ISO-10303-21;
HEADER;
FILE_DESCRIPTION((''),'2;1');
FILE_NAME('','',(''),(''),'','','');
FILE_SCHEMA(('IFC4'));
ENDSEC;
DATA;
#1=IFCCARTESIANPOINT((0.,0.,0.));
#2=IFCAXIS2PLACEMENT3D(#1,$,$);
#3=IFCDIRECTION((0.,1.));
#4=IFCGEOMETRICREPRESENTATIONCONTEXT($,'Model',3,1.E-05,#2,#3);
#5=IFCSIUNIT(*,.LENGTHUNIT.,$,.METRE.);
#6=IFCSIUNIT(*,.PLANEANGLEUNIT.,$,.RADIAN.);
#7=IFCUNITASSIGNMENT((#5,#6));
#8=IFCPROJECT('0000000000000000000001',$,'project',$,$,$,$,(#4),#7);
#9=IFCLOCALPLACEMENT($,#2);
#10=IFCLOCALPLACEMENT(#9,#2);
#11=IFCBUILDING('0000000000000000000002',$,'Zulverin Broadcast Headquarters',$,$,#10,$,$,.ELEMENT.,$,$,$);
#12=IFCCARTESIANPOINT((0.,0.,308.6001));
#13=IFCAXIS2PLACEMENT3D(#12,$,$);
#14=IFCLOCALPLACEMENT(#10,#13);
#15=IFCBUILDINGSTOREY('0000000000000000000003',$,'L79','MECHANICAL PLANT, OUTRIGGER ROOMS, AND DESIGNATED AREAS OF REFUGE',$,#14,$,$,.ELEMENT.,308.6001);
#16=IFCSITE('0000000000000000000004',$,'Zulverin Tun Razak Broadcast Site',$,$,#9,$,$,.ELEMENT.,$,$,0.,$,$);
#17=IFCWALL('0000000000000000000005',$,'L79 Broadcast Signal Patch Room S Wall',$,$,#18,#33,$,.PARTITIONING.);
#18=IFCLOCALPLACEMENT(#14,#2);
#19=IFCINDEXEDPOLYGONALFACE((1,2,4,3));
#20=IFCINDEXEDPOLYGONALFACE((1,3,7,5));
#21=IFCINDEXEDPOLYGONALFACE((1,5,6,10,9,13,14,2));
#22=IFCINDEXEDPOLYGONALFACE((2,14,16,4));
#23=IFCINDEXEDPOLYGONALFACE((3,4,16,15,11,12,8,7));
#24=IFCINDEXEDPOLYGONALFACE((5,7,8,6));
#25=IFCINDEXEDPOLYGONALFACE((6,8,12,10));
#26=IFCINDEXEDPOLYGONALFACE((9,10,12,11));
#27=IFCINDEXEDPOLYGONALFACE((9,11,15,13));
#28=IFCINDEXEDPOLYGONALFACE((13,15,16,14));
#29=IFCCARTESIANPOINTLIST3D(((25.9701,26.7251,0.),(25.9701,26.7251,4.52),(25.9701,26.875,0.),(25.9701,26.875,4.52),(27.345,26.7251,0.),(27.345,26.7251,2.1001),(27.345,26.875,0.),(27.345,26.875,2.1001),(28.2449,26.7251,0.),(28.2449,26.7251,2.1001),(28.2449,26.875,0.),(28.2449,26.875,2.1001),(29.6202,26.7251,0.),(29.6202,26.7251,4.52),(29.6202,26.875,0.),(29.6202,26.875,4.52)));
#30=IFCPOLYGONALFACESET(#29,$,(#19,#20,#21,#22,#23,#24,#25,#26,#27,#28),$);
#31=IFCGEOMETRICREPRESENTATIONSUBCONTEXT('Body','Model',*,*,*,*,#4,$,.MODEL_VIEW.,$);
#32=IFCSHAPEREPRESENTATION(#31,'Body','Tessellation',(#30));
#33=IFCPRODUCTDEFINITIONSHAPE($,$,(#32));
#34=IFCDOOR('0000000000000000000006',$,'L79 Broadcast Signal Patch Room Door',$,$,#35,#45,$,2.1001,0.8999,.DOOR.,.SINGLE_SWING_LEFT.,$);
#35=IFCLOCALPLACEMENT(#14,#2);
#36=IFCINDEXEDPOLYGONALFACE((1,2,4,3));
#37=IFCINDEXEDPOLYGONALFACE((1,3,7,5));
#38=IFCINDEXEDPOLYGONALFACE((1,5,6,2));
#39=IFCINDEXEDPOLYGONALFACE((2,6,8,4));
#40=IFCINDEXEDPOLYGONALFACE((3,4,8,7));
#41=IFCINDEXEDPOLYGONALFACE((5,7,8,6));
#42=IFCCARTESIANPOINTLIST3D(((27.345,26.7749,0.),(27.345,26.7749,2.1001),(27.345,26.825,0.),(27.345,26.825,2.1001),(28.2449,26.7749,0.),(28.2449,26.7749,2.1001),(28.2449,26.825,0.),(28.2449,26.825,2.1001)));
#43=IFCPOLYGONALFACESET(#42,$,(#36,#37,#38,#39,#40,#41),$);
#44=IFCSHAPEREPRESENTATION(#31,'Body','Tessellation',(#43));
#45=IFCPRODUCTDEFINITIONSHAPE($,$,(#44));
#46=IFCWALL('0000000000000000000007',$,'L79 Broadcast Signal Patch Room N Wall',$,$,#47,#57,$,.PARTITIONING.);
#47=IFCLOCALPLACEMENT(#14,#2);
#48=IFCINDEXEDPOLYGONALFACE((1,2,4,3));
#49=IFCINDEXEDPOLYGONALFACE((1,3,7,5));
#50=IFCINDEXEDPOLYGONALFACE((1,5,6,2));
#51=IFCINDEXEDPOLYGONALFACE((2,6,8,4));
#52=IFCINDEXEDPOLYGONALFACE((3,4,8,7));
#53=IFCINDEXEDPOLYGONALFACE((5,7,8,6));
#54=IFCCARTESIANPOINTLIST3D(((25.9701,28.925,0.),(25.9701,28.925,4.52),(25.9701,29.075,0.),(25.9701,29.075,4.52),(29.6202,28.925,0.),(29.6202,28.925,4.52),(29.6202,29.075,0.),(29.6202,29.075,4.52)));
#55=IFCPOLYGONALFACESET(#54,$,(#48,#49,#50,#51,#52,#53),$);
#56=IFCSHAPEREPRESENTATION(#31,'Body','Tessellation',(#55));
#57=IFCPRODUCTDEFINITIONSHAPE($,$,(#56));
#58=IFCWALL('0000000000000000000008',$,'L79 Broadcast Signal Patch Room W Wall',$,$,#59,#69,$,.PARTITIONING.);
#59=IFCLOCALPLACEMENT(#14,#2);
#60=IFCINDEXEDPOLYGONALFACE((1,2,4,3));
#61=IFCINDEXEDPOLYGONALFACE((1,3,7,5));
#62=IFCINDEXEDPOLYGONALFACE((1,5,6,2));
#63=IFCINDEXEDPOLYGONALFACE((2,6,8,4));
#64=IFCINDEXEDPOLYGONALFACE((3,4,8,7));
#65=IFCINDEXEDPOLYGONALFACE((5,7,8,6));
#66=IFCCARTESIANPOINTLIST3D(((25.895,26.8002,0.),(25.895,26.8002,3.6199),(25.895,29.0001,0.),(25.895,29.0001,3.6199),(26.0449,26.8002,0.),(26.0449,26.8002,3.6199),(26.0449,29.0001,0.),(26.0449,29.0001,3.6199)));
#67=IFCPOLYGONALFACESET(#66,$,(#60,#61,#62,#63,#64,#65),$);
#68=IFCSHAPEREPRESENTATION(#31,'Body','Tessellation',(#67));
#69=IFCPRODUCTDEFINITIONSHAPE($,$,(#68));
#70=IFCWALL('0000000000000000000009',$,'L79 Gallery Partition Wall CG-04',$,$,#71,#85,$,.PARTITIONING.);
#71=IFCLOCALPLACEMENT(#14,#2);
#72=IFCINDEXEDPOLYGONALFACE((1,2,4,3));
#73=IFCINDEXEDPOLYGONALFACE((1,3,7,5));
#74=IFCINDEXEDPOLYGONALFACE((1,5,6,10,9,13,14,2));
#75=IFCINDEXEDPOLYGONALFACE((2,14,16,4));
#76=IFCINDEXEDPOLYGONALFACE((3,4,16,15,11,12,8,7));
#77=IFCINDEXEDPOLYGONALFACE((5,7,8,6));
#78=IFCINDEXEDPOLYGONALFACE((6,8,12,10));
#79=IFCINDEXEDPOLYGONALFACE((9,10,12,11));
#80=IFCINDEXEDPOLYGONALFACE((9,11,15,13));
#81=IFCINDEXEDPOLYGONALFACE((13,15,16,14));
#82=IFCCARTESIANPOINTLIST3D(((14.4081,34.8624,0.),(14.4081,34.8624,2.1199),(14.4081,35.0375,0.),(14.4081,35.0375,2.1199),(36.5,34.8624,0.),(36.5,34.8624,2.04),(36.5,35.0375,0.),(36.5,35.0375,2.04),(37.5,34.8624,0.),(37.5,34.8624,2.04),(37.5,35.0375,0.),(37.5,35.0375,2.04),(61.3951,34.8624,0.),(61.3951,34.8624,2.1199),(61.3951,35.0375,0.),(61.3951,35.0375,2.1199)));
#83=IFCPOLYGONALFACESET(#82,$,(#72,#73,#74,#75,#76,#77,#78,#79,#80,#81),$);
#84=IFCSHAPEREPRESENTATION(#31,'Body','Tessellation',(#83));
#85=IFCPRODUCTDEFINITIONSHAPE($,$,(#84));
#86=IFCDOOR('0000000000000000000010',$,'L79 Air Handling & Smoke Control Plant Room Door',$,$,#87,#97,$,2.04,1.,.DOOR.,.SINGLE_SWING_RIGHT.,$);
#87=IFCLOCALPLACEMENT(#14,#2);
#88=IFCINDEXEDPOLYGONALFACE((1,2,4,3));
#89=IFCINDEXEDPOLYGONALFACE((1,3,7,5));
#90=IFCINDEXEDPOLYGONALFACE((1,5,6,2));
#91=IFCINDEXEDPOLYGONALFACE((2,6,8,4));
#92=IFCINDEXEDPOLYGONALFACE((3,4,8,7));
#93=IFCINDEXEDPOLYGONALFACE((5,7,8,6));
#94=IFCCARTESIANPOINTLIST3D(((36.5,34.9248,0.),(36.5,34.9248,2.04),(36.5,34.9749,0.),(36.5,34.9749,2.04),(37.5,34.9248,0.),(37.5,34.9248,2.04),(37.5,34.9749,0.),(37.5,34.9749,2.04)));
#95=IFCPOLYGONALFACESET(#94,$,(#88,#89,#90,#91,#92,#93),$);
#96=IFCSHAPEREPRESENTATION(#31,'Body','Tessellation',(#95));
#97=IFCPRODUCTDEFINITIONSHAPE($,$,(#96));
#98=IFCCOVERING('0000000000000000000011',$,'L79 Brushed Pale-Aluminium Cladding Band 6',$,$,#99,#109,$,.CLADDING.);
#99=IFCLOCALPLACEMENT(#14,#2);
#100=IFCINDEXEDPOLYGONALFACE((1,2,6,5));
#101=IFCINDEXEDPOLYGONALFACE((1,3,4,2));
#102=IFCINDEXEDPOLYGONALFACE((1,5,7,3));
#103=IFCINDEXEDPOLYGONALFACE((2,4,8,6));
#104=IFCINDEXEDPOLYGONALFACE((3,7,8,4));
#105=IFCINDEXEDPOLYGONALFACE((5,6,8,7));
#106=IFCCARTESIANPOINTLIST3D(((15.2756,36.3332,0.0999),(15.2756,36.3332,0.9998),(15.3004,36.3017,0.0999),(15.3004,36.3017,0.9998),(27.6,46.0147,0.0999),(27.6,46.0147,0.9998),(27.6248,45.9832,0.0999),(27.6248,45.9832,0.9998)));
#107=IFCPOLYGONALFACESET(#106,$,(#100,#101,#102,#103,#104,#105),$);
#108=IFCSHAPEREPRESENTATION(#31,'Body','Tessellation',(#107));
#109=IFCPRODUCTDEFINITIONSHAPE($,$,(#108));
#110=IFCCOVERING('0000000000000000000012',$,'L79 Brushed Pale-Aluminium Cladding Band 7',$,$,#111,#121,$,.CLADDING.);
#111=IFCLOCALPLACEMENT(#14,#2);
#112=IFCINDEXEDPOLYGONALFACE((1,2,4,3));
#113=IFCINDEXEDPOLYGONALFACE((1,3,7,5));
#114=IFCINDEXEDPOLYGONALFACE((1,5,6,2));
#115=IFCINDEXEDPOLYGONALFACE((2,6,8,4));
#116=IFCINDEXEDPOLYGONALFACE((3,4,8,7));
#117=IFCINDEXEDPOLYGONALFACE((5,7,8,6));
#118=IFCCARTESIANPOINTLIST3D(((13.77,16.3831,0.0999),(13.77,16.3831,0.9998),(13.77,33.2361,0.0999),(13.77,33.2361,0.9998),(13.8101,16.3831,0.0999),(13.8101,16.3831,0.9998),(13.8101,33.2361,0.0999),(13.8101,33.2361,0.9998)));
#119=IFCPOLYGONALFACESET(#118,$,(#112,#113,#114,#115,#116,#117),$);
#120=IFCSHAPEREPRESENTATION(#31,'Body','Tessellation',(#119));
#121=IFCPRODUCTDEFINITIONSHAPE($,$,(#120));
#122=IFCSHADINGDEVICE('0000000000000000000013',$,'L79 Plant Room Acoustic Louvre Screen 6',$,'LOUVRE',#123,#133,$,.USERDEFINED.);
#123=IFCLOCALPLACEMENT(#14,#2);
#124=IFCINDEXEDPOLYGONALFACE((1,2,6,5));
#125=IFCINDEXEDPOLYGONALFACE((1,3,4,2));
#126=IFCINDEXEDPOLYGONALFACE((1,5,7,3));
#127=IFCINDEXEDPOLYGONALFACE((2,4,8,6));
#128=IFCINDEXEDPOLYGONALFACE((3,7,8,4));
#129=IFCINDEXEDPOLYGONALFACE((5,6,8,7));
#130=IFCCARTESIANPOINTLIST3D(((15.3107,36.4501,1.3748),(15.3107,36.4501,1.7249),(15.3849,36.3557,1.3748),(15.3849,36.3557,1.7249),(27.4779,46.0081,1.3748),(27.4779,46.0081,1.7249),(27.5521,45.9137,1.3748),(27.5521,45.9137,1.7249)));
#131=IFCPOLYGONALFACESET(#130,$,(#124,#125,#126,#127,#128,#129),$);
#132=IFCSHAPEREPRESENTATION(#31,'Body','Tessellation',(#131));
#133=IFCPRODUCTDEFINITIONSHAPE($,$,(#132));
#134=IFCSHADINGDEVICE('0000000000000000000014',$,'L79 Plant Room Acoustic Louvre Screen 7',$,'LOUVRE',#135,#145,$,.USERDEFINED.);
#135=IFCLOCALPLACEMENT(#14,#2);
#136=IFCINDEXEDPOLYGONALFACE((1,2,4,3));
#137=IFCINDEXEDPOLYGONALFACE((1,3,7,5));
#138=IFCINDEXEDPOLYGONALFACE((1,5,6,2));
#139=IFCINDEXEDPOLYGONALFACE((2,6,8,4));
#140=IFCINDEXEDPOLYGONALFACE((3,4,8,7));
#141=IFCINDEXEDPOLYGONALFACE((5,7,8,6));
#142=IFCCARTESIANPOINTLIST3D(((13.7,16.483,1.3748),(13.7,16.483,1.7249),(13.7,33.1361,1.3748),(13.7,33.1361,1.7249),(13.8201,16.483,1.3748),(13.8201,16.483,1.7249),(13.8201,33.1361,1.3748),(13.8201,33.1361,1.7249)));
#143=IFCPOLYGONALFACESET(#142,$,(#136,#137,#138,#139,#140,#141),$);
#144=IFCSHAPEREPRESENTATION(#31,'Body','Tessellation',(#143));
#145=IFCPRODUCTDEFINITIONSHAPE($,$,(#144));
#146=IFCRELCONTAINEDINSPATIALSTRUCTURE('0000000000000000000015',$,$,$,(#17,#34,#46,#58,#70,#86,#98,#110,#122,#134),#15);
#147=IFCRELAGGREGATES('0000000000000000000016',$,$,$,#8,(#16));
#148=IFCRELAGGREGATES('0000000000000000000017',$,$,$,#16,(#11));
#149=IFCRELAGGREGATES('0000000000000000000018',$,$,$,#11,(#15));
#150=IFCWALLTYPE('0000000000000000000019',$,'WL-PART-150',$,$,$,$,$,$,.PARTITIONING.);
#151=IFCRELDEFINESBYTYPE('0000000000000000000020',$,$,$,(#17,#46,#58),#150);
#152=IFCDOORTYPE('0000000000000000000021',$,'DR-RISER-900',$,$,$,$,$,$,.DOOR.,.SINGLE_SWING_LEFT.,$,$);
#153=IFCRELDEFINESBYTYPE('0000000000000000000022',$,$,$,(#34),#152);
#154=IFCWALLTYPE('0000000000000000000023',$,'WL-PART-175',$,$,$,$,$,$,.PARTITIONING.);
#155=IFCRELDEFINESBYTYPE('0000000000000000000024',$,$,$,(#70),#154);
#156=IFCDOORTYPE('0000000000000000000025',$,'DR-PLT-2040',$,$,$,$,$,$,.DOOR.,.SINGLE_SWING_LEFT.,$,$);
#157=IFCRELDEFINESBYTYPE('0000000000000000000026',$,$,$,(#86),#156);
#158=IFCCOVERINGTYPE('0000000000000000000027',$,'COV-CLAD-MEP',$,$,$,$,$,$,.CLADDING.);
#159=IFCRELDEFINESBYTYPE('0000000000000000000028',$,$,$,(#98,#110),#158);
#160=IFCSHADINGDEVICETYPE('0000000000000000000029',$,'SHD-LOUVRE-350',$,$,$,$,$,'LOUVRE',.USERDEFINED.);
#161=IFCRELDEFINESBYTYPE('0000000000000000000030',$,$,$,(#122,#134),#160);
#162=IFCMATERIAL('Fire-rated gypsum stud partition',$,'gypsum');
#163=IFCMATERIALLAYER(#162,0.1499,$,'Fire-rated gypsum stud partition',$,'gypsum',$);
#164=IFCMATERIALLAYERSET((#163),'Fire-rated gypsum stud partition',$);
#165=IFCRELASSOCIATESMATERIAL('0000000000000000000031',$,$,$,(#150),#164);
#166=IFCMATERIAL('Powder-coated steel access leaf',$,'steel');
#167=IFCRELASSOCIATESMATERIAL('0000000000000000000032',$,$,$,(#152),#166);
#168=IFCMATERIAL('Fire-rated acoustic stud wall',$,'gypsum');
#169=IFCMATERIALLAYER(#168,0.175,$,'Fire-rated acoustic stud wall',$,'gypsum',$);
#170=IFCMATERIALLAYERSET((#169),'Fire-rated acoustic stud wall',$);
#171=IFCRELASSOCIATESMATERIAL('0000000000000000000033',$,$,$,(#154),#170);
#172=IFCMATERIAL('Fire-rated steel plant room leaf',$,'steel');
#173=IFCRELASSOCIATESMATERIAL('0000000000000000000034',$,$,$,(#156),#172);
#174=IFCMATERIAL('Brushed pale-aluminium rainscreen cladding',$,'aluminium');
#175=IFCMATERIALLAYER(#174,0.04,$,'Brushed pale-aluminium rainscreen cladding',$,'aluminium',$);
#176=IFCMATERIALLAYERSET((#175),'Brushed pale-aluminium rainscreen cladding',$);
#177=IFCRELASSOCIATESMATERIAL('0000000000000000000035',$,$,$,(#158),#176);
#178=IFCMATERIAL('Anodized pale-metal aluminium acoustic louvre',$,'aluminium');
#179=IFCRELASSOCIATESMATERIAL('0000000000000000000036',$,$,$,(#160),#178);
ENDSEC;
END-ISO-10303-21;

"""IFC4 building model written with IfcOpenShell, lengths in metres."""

from ifc_helpers import new_model, si_unit, direction, frame, frame_2d, origin, origin_2d, place, context, subcontext, project, spatial, rectangle, extrude, material, layer, layer_set, type_object, element, fill, save


model = new_model("IFC4")

# Units and contexts
model_context = context("Model", 3, precision=1e-05, world=origin(), true_north=direction((0.0, 1.0)))
body_context = subcontext(model_context, "Body", "Model", "MODEL_VIEW")
ifc_project = project(units=[si_unit("LENGTHUNIT", "METRE"), si_unit("PLANEANGLEUNIT", "RADIAN")], contexts=[model_context])

# Site, building, storey
site_placement = place(None, origin())
site = spatial("IfcSite", under=ifc_project, at=site_placement, Name="Zulverin Tun Razak Broadcast Site", CompositionType="ELEMENT", RefElevation=0.0)
building_placement = place(site_placement, origin())
building = spatial("IfcBuilding", under=site, at=building_placement, Name="Zulverin Broadcast Headquarters", CompositionType="ELEMENT")
storey_placement = place(building_placement, frame((0.0, 0.0, 308.6001)))
storey = spatial("IfcBuildingStorey", under=building, at=storey_placement, Name="L79", Description="MECHANICAL PLANT, OUTRIGGER ROOMS, AND DESIGNATED AREAS OF REFUGE", CompositionType="ELEMENT", Elevation=308.6001)

# Wall, opening, door
ifc_material_1 = material(Name="Fire-rated gypsum stud partition", Category="gypsum")
ifc_layer_1 = layer(ifc_material_1, 0.1499, Name="Fire-rated gypsum stud partition", Category="gypsum")
ifc_layer_set_1 = layer_set([ifc_layer_1], Name="Fire-rated gypsum stud partition")
wall_type_1 = type_object("IfcWallType", Name="WL-PART-150", PredefinedType="PARTITIONING", material=ifc_layer_set_1)
wall_1_placement = place(storey_placement, frame((25.97, 26.8, 0.0), z_axis=(0.0, 0.0, 1.0), x_axis=(1.0, 0.0, 0.0)))
wall_1 = element("IfcWall", 1, at=wall_1_placement, inside=storey, type_object=wall_type_1, Name="L79 Broadcast Signal Patch Room S Wall", PredefinedType="PARTITIONING", context=body_context, shape_type="SweptSolid", body=[
    extrude(rectangle(XDim=3.6501, YDim=0.1499, at=frame_2d((1.8252, 0.0))), origin(), (0.0, 0.0, 1.0), 4.52),
])
opening_1_placement = place(wall_1_placement, frame((1.375, 0.0, 0.0)))
opening_1 = element("IfcOpeningElement", 2, at=opening_1_placement, cuts=wall_1, PredefinedType="OPENING", context=body_context, shape_type="SweptSolid", body=[
    extrude(rectangle(XDim=0.8999, YDim=2.1001, at=frame_2d((0.45, 1.05))), frame((0.0, 0.085, 0.0), z_axis=(0.0, -1.0, 0.0), x_axis=(1.0, 0.0, 0.0)), (0.0, 0.0, 1.0), 0.1699),
])
ifc_material_2 = material(Name="Powder-coated steel access leaf", Category="steel")
door_type_1 = type_object("IfcDoorType", Name="DR-RISER-900", OperationType="SINGLE_SWING_LEFT", PredefinedType="DOOR", material=ifc_material_2)
door_1_placement = place(opening_1_placement, origin())
door_1 = element("IfcDoor", 3, at=door_1_placement, inside=storey, type_object=door_type_1, Name="L79 Broadcast Signal Patch Room Door", OperationType="SINGLE_SWING_LEFT", OverallHeight=2.1001, OverallWidth=0.8999, PredefinedType="DOOR", context=body_context, shape_type="SweptSolid", body=[
    extrude(rectangle(XDim=0.8999, YDim=2.1001, at=frame_2d((0.45, 1.05))), frame((0.0, 0.0249, 0.0), z_axis=(0.0, -1.0, 0.0), x_axis=(1.0, 0.0, 0.0)), (0.0, 0.0, 1.0), 0.05),
])
fill(opening_1, door_1)

# Walls
wall_2_placement = place(storey_placement, frame((25.97, 29.0, 0.0), z_axis=(0.0, 0.0, 1.0), x_axis=(1.0, 0.0, 0.0)))
element("IfcWall", 4, at=wall_2_placement, inside=storey, type_object=wall_type_1, Name="L79 Broadcast Signal Patch Room N Wall", PredefinedType="PARTITIONING", context=body_context, shape_type="SweptSolid", body=[
    extrude(rectangle(XDim=3.6501, YDim=0.1499, at=frame_2d((1.8252, 0.0))), origin(), (0.0, 0.0, 1.0), 4.52),
])
wall_3_placement = place(storey_placement, frame((25.97, 26.8, 0.0), z_axis=(0.0, 0.0, 1.0), x_axis=(0.0, 1.0, 0.0)))
element("IfcWall", 5, at=wall_3_placement, inside=storey, type_object=wall_type_1, Name="L79 Broadcast Signal Patch Room W Wall", PredefinedType="PARTITIONING", context=body_context, shape_type="SweptSolid", body=[
    extrude(rectangle(XDim=2.2, YDim=0.1499, at=frame_2d((1.1001, 0.0))), origin(), (0.0, 0.0, 1.0), 3.6199),
])

# Wall, opening, door
ifc_material_3 = material(Name="Fire-rated acoustic stud wall", Category="gypsum")
ifc_layer_2 = layer(ifc_material_3, 0.175, Name="Fire-rated acoustic stud wall", Category="gypsum")
ifc_layer_set_2 = layer_set([ifc_layer_2], Name="Fire-rated acoustic stud wall")
wall_type_2 = type_object("IfcWallType", Name="WL-PART-175", PredefinedType="PARTITIONING", material=ifc_layer_set_2)
wall_4_placement = place(storey_placement, frame((14.408, 34.95, 0.0), z_axis=(0.0, 0.0, 1.0), x_axis=(1.0, 0.0, 0.0)))
wall_4 = element("IfcWall", 6, at=wall_4_placement, inside=storey, type_object=wall_type_2, Name="L79 Gallery Partition Wall CG-04", PredefinedType="PARTITIONING", context=body_context, shape_type="SweptSolid", body=[
    extrude(rectangle(XDim=46.9871, YDim=0.175, at=frame_2d((23.4937, 0.0))), origin(), (0.0, 0.0, 1.0), 2.1199),
])
opening_2_placement = place(wall_4_placement, frame((22.092, 0.0, 0.0)))
opening_2 = element("IfcOpeningElement", 7, at=opening_2_placement, cuts=wall_4, PredefinedType="OPENING", context=body_context, shape_type="SweptSolid", body=[
    extrude(rectangle(XDim=1.0, YDim=2.04, at=frame_2d((0.5, 1.02))), frame((0.0, 0.0974, 0.0), z_axis=(0.0, -1.0, 0.0), x_axis=(1.0, 0.0, 0.0)), (0.0, 0.0, 1.0), 0.1951),
])
ifc_material_4 = material(Name="Fire-rated steel plant room leaf", Category="steel")
door_type_2 = type_object("IfcDoorType", Name="DR-PLT-2040", OperationType="SINGLE_SWING_LEFT", PredefinedType="DOOR", material=ifc_material_4)
door_2_placement = place(opening_2_placement, origin())
door_2 = element("IfcDoor", 8, at=door_2_placement, inside=storey, type_object=door_type_2, Name="L79 Air Handling & Smoke Control Plant Room Door", OperationType="SINGLE_SWING_RIGHT", OverallHeight=2.04, OverallWidth=1.0, PredefinedType="DOOR", context=body_context, shape_type="SweptSolid", body=[
    extrude(rectangle(XDim=1.0, YDim=2.04, at=frame_2d((0.5, 1.02))), frame((0.0, 0.0249, 0.0), z_axis=(0.0, -1.0, 0.0), x_axis=(1.0, 0.0, 0.0)), (0.0, 0.0, 1.0), 0.05),
])
fill(opening_2, door_2)

# Coverings
ifc_material_5 = material(Name="Brushed pale-aluminium rainscreen cladding", Category="aluminium")
ifc_layer_3 = layer(ifc_material_5, 0.04, Name="Brushed pale-aluminium rainscreen cladding", Category="aluminium")
ifc_layer_set_3 = layer_set([ifc_layer_3], Name="Brushed pale-aluminium rainscreen cladding")
covering_type = type_object("IfcCoveringType", Name="COV-CLAD-MEP", PredefinedType="CLADDING", material=ifc_layer_set_3)
covering_1_placement = place(storey_placement, frame((21.4502, 41.1582, 0.0999), z_axis=(0.0, 0.0, 1.0), x_axis=(-0.786379, -0.617744, 0.0)))
element("IfcCovering", 9, at=covering_1_placement, inside=storey, type_object=covering_type, Name="L79 Brushed Pale-Aluminium Cladding Band 6", PredefinedType="CLADDING", context=body_context, shape_type="SweptSolid", body=[
    extrude(rectangle(XDim=15.6724, YDim=0.04, at=origin_2d()), origin(), (0.0, 0.0, 1.0), 0.8999),
])
covering_2_placement = place(storey_placement, frame((13.79, 24.8096, 0.0999), z_axis=(0.0, 0.0, 1.0), x_axis=(0.0, -1.0, 0.0)))
element("IfcCovering", 10, at=covering_2_placement, inside=storey, type_object=covering_type, Name="L79 Brushed Pale-Aluminium Cladding Band 7", PredefinedType="CLADDING", context=body_context, shape_type="SweptSolid", body=[
    extrude(rectangle(XDim=16.853, YDim=0.04, at=origin_2d()), origin(), (0.0, 0.0, 1.0), 0.8999),
])

# Shading devices
ifc_material_6 = material(Name="Anodized pale-metal aluminium acoustic louvre", Category="aluminium")
shading_device_type = type_object("IfcShadingDeviceType", Name="SHD-LOUVRE-350", ElementType="LOUVRE", PredefinedType="USERDEFINED", material=ifc_material_6)
shading_device_1_placement = place(storey_placement, frame((21.4314, 41.1819, 1.3748), z_axis=(0.0, 0.0, 1.0), x_axis=(-0.786379, -0.617744, 0.0)))
element("IfcShadingDevice", 11, at=shading_device_1_placement, inside=storey, type_object=shading_device_type, Name="L79 Plant Room Acoustic Louvre Screen 6", ObjectType="LOUVRE", PredefinedType="USERDEFINED", context=body_context, shape_type="SweptSolid", body=[
    extrude(rectangle(XDim=15.4724, YDim=0.1201, at=origin_2d()), origin(), (0.0, 0.0, 1.0), 0.3501),
])
shading_device_2_placement = place(storey_placement, frame((13.76, 24.8096, 1.3748), z_axis=(0.0, 0.0, 1.0), x_axis=(0.0, -1.0, 0.0)))
element("IfcShadingDevice", 12, at=shading_device_2_placement, inside=storey, type_object=shading_device_type, Name="L79 Plant Room Acoustic Louvre Screen 7", ObjectType="LOUVRE", PredefinedType="USERDEFINED", context=body_context, shape_type="SweptSolid", body=[
    extrude(rectangle(XDim=16.6531, YDim=0.1201, at=origin_2d()), origin(), (0.0, 0.0, 1.0), 0.3501),
])

save(model, "model.ifc")
